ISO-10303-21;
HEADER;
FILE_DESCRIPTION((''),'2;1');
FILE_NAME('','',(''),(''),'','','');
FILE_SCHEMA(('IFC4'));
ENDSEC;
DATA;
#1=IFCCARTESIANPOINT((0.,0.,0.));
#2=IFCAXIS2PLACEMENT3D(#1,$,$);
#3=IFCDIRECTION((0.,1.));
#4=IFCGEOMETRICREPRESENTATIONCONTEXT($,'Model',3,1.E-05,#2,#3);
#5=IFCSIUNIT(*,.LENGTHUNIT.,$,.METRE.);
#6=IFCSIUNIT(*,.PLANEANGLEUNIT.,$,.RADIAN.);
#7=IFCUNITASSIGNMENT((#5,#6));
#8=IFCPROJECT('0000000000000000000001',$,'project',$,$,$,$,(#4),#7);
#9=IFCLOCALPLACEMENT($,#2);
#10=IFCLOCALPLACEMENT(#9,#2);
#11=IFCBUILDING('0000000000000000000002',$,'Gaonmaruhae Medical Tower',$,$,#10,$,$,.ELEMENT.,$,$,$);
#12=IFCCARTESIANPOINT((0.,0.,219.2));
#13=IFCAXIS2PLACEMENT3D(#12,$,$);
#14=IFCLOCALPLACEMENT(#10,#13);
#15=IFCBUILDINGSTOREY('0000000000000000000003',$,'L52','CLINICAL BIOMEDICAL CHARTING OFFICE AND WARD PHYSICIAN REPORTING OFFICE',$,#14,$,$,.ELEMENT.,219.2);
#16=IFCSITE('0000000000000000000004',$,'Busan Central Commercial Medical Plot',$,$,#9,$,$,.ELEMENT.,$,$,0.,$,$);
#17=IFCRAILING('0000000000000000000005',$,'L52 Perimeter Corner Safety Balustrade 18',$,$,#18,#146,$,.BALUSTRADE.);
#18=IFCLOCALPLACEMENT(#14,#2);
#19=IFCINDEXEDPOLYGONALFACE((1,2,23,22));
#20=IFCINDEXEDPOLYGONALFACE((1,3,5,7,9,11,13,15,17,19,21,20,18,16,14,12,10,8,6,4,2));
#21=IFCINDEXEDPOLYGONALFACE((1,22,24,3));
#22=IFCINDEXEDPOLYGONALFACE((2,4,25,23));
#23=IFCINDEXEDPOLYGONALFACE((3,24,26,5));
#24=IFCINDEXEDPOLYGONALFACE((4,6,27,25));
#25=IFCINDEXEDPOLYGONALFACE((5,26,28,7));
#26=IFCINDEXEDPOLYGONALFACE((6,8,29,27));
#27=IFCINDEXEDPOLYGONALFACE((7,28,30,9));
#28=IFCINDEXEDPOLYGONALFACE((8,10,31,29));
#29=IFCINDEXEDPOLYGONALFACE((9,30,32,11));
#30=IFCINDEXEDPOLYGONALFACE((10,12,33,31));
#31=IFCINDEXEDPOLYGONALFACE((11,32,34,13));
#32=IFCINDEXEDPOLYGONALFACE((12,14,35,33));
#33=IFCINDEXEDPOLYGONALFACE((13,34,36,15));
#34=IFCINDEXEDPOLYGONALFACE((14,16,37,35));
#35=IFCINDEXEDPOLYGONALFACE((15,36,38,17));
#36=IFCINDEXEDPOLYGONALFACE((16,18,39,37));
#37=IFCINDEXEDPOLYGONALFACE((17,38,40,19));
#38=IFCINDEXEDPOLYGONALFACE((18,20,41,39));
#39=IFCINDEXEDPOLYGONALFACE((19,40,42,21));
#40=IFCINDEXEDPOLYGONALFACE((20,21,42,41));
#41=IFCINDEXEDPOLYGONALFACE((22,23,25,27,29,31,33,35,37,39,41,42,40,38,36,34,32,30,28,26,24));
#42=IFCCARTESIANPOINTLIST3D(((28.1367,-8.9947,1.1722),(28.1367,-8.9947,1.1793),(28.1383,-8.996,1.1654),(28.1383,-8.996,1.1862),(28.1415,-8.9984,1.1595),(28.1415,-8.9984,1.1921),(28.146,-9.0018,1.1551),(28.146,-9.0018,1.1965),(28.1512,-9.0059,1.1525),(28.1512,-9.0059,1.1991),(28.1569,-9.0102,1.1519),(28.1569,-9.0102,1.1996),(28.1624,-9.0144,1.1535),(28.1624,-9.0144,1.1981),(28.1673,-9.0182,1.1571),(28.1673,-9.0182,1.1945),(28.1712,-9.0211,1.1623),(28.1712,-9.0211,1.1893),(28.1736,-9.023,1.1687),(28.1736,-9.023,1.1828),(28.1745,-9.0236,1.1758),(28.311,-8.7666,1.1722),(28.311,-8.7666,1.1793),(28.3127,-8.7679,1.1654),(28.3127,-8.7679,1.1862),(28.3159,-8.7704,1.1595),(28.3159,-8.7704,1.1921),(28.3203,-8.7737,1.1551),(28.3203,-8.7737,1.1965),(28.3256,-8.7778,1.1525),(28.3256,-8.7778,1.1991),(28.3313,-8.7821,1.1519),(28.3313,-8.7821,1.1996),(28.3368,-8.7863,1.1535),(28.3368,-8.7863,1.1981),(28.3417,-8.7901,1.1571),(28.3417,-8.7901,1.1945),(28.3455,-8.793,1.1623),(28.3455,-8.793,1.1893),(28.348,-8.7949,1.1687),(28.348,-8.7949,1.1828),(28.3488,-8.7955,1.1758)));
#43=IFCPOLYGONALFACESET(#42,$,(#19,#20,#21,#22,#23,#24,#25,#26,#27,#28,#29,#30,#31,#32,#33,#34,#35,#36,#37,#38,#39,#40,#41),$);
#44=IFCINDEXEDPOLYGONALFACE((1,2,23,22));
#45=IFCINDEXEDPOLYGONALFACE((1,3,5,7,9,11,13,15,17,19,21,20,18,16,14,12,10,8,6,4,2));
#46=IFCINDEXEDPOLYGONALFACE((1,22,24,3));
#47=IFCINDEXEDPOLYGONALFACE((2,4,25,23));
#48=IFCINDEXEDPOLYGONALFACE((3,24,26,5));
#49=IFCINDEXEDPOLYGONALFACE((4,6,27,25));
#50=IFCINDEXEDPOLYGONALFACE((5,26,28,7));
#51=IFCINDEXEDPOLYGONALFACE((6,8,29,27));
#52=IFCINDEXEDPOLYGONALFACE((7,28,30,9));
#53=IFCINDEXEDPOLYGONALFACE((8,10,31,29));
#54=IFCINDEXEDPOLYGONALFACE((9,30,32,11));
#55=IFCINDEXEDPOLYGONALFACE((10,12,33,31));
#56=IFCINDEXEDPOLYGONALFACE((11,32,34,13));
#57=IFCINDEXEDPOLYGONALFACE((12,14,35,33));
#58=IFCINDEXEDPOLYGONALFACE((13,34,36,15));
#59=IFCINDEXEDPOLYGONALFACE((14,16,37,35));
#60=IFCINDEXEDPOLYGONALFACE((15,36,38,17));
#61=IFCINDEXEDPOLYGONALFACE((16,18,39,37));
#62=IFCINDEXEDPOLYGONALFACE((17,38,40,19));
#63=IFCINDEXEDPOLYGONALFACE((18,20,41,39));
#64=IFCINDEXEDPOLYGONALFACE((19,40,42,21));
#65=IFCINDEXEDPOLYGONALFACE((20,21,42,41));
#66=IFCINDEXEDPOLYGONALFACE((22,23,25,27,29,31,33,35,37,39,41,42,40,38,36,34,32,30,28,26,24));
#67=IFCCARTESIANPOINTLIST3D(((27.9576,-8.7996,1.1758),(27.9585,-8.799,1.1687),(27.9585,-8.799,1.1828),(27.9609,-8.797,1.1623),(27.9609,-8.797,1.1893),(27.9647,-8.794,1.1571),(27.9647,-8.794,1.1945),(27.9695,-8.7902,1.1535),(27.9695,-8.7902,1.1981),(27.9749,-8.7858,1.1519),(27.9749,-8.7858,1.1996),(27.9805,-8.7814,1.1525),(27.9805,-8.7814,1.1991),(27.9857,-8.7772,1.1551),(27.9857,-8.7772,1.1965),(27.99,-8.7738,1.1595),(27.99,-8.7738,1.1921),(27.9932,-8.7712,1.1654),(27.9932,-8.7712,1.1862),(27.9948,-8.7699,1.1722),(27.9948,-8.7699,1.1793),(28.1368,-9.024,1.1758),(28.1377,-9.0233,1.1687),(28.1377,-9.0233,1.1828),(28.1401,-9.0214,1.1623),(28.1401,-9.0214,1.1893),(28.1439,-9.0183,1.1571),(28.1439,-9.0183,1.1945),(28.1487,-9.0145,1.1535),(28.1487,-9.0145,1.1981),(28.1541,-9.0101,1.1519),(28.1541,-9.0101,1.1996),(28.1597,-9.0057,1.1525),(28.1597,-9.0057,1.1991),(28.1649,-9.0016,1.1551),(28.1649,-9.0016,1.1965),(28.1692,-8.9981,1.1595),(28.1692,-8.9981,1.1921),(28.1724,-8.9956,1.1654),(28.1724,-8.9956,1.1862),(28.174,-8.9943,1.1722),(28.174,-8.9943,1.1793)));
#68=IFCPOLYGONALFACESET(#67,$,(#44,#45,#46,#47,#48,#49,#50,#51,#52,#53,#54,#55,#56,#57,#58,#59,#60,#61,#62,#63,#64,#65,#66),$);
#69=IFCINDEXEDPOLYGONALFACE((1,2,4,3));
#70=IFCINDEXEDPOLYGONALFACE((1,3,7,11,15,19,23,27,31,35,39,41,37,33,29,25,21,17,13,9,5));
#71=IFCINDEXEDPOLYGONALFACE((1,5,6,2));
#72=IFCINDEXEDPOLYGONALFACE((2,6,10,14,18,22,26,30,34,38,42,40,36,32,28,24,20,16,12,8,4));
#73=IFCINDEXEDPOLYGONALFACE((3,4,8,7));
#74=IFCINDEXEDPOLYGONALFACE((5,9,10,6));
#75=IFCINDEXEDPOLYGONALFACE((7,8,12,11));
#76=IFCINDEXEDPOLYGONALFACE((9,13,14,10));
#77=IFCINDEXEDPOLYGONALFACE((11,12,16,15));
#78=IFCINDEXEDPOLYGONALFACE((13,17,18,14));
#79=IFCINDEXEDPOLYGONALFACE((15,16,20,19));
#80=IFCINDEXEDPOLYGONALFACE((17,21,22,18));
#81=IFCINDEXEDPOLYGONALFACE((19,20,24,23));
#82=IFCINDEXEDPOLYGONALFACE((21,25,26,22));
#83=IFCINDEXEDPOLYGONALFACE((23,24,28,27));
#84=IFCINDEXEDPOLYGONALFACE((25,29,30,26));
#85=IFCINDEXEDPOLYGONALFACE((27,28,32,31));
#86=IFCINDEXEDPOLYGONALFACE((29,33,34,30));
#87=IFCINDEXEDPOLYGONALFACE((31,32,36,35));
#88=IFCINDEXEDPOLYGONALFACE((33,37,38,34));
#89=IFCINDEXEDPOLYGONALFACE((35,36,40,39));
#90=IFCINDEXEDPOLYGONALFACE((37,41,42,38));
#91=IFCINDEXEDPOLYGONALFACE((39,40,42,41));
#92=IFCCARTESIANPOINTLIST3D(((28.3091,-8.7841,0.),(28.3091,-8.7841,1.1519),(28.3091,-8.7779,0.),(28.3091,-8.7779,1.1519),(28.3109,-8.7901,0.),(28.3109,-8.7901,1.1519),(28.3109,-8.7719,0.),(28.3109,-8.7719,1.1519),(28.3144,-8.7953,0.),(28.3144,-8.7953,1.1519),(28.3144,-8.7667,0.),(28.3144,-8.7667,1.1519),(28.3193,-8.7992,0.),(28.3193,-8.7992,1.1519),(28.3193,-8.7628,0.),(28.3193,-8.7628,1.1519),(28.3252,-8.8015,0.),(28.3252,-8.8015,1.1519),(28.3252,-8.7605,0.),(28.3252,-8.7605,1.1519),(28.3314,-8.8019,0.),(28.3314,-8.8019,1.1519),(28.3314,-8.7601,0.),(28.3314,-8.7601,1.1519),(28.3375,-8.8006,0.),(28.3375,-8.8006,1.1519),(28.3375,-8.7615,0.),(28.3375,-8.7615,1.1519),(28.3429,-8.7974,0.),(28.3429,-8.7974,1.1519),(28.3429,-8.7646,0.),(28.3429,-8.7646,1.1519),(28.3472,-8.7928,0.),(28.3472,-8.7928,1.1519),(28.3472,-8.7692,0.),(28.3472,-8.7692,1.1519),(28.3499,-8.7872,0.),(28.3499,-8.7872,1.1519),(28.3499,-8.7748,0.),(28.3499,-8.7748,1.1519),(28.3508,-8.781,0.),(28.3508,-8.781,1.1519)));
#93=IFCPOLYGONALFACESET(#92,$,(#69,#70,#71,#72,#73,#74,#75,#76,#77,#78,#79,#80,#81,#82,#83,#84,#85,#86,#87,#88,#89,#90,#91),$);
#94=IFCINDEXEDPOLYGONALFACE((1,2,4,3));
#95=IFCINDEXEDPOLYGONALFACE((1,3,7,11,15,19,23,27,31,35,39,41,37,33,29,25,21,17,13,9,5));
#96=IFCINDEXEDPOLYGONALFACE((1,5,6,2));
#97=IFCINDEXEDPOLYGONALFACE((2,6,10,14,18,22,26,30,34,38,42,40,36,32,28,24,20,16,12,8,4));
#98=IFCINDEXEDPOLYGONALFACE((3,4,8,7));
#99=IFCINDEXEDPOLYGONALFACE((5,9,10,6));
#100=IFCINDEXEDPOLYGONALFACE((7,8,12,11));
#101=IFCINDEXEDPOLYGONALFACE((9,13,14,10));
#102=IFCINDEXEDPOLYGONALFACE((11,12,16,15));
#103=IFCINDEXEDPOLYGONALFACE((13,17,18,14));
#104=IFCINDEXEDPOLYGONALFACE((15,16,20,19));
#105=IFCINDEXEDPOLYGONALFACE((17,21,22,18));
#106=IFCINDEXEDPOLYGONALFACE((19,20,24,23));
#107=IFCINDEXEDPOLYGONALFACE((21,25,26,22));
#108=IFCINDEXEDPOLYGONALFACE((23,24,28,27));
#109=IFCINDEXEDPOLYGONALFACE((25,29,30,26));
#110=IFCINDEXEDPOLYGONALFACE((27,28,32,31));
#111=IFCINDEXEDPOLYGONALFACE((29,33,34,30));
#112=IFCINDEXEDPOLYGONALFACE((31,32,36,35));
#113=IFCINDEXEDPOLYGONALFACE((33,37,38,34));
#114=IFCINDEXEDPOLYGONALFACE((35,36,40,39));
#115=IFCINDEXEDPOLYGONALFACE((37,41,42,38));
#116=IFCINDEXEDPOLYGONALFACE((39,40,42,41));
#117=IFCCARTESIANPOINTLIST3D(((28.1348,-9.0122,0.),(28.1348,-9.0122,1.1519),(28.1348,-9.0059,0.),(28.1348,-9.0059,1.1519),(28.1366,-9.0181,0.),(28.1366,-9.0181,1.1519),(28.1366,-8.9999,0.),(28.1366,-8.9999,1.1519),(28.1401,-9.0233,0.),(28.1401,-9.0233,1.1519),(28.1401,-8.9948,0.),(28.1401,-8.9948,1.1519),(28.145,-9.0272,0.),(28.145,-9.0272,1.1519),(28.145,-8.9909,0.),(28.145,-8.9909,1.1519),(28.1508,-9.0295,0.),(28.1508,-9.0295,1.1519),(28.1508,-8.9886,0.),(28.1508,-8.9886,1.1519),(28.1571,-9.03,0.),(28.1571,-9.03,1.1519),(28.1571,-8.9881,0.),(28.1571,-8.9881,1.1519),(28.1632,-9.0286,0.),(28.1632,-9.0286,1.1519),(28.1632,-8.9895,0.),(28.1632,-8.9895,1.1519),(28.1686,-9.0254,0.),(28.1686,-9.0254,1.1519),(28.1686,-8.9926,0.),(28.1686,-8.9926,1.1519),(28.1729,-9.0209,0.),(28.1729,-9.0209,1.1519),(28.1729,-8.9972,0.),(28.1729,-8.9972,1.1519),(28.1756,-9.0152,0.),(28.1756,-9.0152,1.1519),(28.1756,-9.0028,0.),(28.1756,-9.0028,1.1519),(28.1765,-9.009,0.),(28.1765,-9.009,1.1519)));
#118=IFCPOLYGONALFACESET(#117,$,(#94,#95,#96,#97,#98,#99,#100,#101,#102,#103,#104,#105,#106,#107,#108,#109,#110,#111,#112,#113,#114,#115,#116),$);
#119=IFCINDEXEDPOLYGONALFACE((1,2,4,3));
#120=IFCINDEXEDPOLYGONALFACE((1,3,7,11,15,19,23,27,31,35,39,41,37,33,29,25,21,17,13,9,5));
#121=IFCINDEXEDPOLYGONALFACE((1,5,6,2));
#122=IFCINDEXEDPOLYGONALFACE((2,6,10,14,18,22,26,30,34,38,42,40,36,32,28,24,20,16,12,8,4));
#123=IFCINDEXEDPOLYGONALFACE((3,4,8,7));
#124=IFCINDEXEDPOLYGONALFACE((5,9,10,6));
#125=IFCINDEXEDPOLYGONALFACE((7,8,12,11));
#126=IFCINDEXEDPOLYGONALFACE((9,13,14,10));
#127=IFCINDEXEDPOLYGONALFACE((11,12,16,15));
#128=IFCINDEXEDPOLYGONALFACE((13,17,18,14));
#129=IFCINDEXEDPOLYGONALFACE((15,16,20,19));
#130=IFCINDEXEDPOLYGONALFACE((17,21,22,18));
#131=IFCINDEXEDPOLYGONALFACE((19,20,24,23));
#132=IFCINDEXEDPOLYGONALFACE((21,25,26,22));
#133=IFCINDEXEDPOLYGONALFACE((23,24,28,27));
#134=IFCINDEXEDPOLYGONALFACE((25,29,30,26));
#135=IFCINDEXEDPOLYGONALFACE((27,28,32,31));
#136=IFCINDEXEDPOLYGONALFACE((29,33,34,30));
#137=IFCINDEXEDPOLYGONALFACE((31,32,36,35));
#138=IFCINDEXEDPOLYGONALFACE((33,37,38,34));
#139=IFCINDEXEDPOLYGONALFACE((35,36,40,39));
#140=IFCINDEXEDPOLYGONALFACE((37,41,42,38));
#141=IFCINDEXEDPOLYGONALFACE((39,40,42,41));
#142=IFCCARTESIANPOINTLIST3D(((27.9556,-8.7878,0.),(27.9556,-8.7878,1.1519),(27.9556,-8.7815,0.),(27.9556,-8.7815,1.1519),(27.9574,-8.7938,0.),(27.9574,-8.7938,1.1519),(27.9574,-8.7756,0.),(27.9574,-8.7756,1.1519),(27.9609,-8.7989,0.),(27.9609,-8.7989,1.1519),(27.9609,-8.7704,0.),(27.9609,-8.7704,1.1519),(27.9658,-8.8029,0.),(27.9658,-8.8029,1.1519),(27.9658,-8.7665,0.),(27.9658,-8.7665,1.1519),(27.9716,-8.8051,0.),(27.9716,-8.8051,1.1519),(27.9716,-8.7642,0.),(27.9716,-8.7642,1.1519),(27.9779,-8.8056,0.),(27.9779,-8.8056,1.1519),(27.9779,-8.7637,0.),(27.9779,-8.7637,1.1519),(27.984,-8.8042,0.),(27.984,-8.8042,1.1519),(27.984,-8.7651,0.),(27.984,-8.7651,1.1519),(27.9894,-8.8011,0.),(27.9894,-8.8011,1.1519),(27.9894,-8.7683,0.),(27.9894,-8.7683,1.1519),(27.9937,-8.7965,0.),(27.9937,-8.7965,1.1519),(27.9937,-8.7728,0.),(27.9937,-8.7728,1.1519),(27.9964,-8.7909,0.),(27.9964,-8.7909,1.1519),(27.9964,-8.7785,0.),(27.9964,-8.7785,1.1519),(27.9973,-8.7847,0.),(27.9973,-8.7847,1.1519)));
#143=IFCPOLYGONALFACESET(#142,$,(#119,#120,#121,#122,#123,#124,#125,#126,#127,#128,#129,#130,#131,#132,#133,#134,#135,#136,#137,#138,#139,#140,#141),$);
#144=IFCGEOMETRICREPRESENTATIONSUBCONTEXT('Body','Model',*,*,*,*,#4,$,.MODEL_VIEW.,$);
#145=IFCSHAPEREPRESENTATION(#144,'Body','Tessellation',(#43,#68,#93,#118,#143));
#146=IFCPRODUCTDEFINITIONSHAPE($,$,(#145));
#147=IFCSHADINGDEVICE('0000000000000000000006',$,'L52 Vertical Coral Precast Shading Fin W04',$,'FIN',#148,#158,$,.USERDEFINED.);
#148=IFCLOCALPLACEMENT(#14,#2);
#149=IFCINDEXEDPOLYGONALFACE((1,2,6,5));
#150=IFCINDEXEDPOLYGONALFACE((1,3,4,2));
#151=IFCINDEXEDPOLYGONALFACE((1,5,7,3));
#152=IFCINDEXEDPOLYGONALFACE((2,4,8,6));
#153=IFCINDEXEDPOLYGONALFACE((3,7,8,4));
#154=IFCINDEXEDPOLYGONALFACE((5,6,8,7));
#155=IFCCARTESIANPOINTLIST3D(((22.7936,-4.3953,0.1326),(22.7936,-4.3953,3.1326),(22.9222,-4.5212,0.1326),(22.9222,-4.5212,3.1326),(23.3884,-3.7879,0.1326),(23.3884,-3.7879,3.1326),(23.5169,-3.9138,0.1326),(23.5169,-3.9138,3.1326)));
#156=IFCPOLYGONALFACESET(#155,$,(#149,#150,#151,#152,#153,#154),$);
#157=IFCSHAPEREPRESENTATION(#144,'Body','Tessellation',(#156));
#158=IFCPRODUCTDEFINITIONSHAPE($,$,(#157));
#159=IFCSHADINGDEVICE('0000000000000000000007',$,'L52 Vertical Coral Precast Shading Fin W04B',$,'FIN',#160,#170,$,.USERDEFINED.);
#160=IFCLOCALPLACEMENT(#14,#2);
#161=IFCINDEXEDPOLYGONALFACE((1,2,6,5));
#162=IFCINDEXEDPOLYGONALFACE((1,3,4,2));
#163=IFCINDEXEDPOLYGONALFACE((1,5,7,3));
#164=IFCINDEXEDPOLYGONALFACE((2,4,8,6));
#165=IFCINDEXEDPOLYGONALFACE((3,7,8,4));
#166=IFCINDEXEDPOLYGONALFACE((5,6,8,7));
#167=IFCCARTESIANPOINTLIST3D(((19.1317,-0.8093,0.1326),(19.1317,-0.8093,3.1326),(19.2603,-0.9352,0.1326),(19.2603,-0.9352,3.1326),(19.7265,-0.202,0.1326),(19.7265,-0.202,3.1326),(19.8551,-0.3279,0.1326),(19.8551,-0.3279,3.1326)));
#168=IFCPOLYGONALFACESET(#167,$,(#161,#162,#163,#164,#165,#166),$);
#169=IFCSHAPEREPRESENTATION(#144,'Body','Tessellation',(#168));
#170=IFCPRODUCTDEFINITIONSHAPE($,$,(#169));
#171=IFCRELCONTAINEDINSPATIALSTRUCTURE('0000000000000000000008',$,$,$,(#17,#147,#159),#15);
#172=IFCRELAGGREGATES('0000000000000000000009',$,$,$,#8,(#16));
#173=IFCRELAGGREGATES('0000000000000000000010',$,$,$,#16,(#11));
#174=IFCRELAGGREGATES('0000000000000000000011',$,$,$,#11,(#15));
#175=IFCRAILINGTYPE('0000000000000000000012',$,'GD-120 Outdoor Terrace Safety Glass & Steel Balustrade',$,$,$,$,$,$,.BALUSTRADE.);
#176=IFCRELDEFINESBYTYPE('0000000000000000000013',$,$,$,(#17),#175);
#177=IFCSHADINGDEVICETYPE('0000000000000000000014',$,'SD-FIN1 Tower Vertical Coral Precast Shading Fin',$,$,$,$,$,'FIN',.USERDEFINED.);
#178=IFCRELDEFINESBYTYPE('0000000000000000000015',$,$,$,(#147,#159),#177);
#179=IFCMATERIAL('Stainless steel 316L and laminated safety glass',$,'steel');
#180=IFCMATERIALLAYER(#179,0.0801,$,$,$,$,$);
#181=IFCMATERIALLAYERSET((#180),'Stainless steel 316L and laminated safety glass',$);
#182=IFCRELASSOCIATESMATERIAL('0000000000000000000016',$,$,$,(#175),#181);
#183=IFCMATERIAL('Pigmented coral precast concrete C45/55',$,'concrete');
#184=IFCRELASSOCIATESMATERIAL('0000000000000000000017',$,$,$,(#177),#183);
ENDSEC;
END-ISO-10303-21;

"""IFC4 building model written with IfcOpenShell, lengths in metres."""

from ifc_helpers import new_model, si_unit, direction, frame, origin, origin_2d, place, context, subcontext, project, spatial, rectangle, circle, extrude, material, layer, layer_set, type_object, element, save


model = new_model("IFC4")

# Units and contexts
model_context = context("Model", 3, precision=1e-05, world=origin(), true_north=direction((0.0, 1.0)))
body_context = subcontext(model_context, "Body", "Model", "MODEL_VIEW")
ifc_project = project(units=[si_unit("LENGTHUNIT", "METRE"), si_unit("PLANEANGLEUNIT", "RADIAN")], contexts=[model_context])

# Site, building, storey
site_placement = place(None, origin())
site = spatial("IfcSite", under=ifc_project, at=site_placement, Name="Busan Central Commercial Medical Plot", CompositionType="ELEMENT", RefElevation=0.0)
building_placement = place(site_placement, origin())
building = spatial("IfcBuilding", under=site, at=building_placement, Name="Gaonmaruhae Medical Tower", CompositionType="ELEMENT")
storey_placement = place(building_placement, frame((0.0, 0.0, 219.2)))
storey = spatial("IfcBuildingStorey", under=building, at=storey_placement, Name="L52", Description="CLINICAL BIOMEDICAL CHARTING OFFICE AND WARD PHYSICIAN REPORTING OFFICE", CompositionType="ELEMENT", Elevation=219.2)

# Railing
ifc_material_1 = material(Name="Stainless steel 316L and laminated safety glass", Category="steel")
ifc_layer_1 = layer(ifc_material_1, 0.0801)
ifc_layer_set_1 = layer_set([ifc_layer_1], Name="Stainless steel 316L and laminated safety glass")
railing_type_1 = type_object("IfcRailingType", Name="GD-120 Outdoor Terrace Safety Glass & Steel Balustrade", PredefinedType="BALUSTRADE", material=ifc_layer_set_1)
railing_1_placement = place(storey_placement, frame((28.3298, -8.781, 0.0)))
element("IfcRailing", 1, at=railing_1_placement, inside=storey, type_object=railing_type_1, Name="L52 Perimeter Corner Safety Balustrade 18", PredefinedType="BALUSTRADE", context=body_context, shape_type="SweptSolid", body=[
    extrude(circle(Radius=0.0239, at=origin_2d()), frame((0.0, 0.0, 1.1758), z_axis=(-0.607324, -0.794454, 0.0), x_axis=(0.794454, -0.607324, 0.0)), (0.0, 0.0, 1.0), 0.2871),
    extrude(circle(Radius=0.0239, at=origin_2d()), frame((-0.1743, -0.228, 1.1758), z_axis=(-0.624073, 0.781366, 0.0), x_axis=(-0.781366, -0.624073, 0.0)), (0.0, 0.0, 1.0), 0.2871),
    extrude(circle(Radius=0.021, at=origin_2d()), origin(), (0.0, 0.0, 1.0), 1.1519),
    extrude(circle(Radius=0.021, at=origin_2d()), frame((-0.1743, -0.228, 0.0)), (0.0, 0.0, 1.0), 1.1519),
    extrude(circle(Radius=0.021, at=origin_2d()), frame((-0.3535, -0.0037, 0.0)), (0.0, 0.0, 1.0), 1.1519),
])

# Shading devices
ifc_material_2 = material(Name="Pigmented coral precast concrete C45/55", Category="concrete")
shading_device_type = type_object("IfcShadingDeviceType", Name="SD-FIN1 Tower Vertical Coral Precast Shading Fin", ElementType="FIN", PredefinedType="USERDEFINED", material=ifc_material_2)
for number, where, z_axis, x_axis, name in (
    (2, (23.1553, -4.1545, 0.1326), (0.0, 0.0, 1.0), (-0.714473, 0.699663, 0.0), "L52 Vertical Coral Precast Shading Fin W04"),
    (3, (19.4934, -0.5686, 0.1326), (0.0, 0.0, 1.0), (-0.714473, 0.699663, 0.0), "L52 Vertical Coral Precast Shading Fin W04B"),
):
    element("IfcShadingDevice", number, at=place(storey_placement, frame(where, z_axis=z_axis, x_axis=x_axis)), inside=storey, type_object=shading_device_type, Name=name, ObjectType="FIN", PredefinedType="USERDEFINED", context=body_context, shape_type="SweptSolid", body=[
        extrude(rectangle(XDim=0.1799, YDim=0.8501, at=origin_2d()), origin(), (0.0, 0.0, 1.0), 3.0),
    ])

save(model, "model.ifc")
